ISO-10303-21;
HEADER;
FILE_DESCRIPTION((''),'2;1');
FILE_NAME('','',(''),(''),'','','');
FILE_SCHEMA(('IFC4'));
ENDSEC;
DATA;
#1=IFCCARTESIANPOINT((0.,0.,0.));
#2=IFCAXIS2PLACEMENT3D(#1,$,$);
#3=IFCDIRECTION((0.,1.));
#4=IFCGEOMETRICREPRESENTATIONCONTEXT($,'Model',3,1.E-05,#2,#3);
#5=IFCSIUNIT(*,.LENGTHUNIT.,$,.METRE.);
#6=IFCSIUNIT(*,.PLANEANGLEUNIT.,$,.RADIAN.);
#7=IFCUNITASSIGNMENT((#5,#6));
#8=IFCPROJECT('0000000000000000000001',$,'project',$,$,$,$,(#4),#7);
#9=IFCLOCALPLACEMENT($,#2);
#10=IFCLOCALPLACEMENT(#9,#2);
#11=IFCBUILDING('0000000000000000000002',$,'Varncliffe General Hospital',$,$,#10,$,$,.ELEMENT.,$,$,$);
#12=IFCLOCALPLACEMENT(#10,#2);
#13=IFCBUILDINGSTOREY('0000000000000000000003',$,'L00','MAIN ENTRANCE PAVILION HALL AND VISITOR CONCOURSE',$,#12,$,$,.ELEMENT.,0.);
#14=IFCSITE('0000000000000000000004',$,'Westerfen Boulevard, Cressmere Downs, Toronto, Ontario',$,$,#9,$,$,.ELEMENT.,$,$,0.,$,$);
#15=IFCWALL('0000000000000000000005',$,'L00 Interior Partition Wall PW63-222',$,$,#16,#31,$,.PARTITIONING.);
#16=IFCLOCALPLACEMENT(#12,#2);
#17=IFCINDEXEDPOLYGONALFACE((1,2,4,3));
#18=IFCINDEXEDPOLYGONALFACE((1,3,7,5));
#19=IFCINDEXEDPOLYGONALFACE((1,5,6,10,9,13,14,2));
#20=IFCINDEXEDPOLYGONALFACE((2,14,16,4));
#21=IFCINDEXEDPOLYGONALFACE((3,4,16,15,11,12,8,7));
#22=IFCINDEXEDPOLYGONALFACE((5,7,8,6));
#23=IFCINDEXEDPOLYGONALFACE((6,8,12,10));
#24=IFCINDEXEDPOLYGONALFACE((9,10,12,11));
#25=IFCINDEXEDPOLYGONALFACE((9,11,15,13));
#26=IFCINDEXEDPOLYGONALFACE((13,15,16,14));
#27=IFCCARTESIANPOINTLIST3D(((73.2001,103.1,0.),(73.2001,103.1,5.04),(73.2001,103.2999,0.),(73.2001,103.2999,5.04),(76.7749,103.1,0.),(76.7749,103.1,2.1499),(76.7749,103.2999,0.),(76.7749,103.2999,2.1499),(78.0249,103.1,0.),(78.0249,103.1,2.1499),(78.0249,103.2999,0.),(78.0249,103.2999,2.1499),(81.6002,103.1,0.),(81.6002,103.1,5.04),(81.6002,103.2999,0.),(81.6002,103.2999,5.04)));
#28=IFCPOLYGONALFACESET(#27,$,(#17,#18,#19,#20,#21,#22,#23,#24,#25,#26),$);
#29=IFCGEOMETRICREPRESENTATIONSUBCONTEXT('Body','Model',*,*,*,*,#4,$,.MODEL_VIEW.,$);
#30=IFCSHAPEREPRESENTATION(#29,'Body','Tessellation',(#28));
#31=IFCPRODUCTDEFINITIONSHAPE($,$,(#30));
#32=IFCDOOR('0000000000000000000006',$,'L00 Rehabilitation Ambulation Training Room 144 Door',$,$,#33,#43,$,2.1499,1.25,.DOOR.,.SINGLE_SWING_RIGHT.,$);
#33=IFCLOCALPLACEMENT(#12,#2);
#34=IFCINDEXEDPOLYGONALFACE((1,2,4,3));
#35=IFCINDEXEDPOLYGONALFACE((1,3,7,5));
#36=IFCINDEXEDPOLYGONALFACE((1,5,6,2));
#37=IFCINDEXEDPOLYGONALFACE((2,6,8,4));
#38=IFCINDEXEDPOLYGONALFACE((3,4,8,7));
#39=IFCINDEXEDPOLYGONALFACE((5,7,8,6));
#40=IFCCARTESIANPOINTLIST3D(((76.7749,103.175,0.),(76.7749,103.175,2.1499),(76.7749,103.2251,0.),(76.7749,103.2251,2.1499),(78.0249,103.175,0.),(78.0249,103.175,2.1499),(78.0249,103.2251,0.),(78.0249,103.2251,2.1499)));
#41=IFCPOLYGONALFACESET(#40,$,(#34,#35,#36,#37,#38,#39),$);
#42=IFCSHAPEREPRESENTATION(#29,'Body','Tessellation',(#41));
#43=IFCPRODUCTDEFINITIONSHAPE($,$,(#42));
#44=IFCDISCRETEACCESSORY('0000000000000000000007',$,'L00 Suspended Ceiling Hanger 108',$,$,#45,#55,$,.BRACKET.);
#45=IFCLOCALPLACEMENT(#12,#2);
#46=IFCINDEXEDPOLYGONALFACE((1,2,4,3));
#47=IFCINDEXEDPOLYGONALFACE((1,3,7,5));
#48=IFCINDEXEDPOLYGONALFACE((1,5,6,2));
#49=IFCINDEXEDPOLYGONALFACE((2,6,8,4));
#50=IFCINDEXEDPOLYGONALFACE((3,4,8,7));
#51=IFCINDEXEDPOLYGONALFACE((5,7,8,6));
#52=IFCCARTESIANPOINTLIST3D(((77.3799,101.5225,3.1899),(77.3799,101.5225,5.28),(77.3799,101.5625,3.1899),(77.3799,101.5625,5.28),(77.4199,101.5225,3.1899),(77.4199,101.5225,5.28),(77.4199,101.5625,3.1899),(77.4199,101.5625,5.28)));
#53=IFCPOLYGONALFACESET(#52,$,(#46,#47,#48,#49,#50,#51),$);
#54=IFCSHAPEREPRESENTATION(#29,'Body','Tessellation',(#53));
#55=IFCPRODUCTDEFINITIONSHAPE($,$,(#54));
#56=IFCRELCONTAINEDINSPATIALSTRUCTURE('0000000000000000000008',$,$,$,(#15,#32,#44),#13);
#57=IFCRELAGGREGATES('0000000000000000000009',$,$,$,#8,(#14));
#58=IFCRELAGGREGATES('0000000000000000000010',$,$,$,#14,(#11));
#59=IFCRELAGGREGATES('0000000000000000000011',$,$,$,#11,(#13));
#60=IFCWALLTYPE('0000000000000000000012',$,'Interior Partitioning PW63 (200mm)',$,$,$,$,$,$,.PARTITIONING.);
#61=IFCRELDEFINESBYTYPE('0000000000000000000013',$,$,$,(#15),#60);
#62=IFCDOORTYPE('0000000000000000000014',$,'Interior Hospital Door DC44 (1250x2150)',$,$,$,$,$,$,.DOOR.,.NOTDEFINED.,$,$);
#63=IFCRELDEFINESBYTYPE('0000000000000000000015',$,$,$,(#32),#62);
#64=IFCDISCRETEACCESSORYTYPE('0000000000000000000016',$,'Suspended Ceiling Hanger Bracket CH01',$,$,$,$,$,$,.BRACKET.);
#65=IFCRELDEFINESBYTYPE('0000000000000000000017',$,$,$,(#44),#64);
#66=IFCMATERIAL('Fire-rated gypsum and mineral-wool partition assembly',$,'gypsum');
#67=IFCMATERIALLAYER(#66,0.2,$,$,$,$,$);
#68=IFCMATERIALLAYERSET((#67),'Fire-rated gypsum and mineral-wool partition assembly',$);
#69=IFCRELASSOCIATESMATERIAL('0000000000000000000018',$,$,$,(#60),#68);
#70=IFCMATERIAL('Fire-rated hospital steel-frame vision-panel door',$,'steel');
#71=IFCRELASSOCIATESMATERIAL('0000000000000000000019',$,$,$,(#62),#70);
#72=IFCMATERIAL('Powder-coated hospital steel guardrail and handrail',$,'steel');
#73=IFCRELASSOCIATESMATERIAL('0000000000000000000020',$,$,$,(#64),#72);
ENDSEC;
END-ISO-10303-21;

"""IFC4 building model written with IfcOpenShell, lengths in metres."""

from ifc_helpers import new_model, si_unit, direction, frame, frame_2d, origin, origin_2d, place, context, subcontext, project, spatial, rectangle, extrude, material, layer, layer_set, type_object, element, fill, save


model = new_model("IFC4")

# Units and contexts
model_context = context("Model", 3, precision=1e-05, world=origin(), true_north=direction((0.0, 1.0)))
body_context = subcontext(model_context, "Body", "Model", "MODEL_VIEW")
ifc_project = project(units=[si_unit("LENGTHUNIT", "METRE"), si_unit("PLANEANGLEUNIT", "RADIAN")], contexts=[model_context])

# Site, building, storey
site_placement = place(None, origin())
site = spatial("IfcSite", under=ifc_project, at=site_placement, Name="Westerfen Boulevard, Cressmere Downs, Toronto, Ontario", CompositionType="ELEMENT", RefElevation=0.0)
building_placement = place(site_placement, origin())
building = spatial("IfcBuilding", under=site, at=building_placement, Name="Varncliffe General Hospital", CompositionType="ELEMENT")
storey_placement = place(building_placement, origin())
storey = spatial("IfcBuildingStorey", under=building, at=storey_placement, Name="L00", Description="MAIN ENTRANCE PAVILION HALL AND VISITOR CONCOURSE", CompositionType="ELEMENT", Elevation=0.0)

# Wall, opening, door
ifc_material_1 = material(Name="Fire-rated gypsum and mineral-wool partition assembly", Category="gypsum")
ifc_layer_1 = layer(ifc_material_1, 0.2)
ifc_layer_set_1 = layer_set([ifc_layer_1], Name="Fire-rated gypsum and mineral-wool partition assembly")
wall_type = type_object("IfcWallType", Name="Interior Partitioning PW63 (200mm)", PredefinedType="PARTITIONING", material=ifc_layer_set_1)
wall_placement = place(storey_placement, frame((73.2, 103.2, 0.0), z_axis=(0.0, 0.0, 1.0), x_axis=(1.0, 0.0, 0.0)))
wall = element("IfcWall", 1, at=wall_placement, inside=storey, type_object=wall_type, Name="L00 Interior Partition Wall PW63-222", PredefinedType="PARTITIONING", context=body_context, shape_type="SweptSolid", body=[
    extrude(rectangle(XDim=8.4001, YDim=0.2, at=frame_2d((4.2002, 0.0))), origin(), (0.0, 0.0, 1.0), 5.04),
])
opening_placement = place(wall_placement, frame((3.575, 0.0, 0.0)))
opening = element("IfcOpeningElement", 2, at=opening_placement, cuts=wall, PredefinedType="OPENING", context=body_context, shape_type="SweptSolid", body=[
    extrude(rectangle(XDim=1.25, YDim=2.1499, at=frame_2d((0.625, 1.075))), frame((0.0, 0.1099, 0.0), z_axis=(0.0, -1.0, 0.0), x_axis=(1.0, 0.0, 0.0)), (0.0, 0.0, 1.0), 0.22),
])
ifc_material_2 = material(Name="Fire-rated hospital steel-frame vision-panel door", Category="steel")
door_type = type_object("IfcDoorType", Name="Interior Hospital Door DC44 (1250x2150)", OperationType="NOTDEFINED", PredefinedType="DOOR", material=ifc_material_2)
door_placement = place(opening_placement, frame((1.25, 0.0, 0.0), z_axis=(0.0, 0.0, 1.0), x_axis=(-1.0, 0.0, 0.0)))
door = element("IfcDoor", 3, at=door_placement, inside=storey, type_object=door_type, Name="L00 Rehabilitation Ambulation Training Room 144 Door", OperationType="SINGLE_SWING_RIGHT", OverallHeight=2.1499, OverallWidth=1.25, PredefinedType="DOOR", context=body_context, shape_type="SweptSolid", body=[
    extrude(rectangle(XDim=1.25, YDim=2.1499, at=frame_2d((0.625, 1.075))), frame((0.0, 0.0249, 0.0), z_axis=(0.0, -1.0, 0.0), x_axis=(1.0, 0.0, 0.0)), (0.0, 0.0, 1.0), 0.05),
])
fill(opening, door)

# Discrete accessory
ifc_material_3 = material(Name="Powder-coated hospital steel guardrail and handrail", Category="steel")
discrete_accessory_type = type_object("IfcDiscreteAccessoryType", Name="Suspended Ceiling Hanger Bracket CH01", PredefinedType="BRACKET", material=ifc_material_3)
discrete_accessory_placement = place(storey_placement, frame((77.3999, 101.5425, 3.1899), z_axis=(0.0, 0.0, 1.0), x_axis=(1.0, 0.0, 0.0)))
element("IfcDiscreteAccessory", 4, at=discrete_accessory_placement, inside=storey, type_object=discrete_accessory_type, Name="L00 Suspended Ceiling Hanger 108", PredefinedType="BRACKET", context=body_context, shape_type="SweptSolid", body=[
    extrude(rectangle(XDim=0.04, YDim=0.04, at=origin_2d()), origin(), (0.0, 0.0, 1.0), 2.0901),
])

save(model, "model.ifc")
